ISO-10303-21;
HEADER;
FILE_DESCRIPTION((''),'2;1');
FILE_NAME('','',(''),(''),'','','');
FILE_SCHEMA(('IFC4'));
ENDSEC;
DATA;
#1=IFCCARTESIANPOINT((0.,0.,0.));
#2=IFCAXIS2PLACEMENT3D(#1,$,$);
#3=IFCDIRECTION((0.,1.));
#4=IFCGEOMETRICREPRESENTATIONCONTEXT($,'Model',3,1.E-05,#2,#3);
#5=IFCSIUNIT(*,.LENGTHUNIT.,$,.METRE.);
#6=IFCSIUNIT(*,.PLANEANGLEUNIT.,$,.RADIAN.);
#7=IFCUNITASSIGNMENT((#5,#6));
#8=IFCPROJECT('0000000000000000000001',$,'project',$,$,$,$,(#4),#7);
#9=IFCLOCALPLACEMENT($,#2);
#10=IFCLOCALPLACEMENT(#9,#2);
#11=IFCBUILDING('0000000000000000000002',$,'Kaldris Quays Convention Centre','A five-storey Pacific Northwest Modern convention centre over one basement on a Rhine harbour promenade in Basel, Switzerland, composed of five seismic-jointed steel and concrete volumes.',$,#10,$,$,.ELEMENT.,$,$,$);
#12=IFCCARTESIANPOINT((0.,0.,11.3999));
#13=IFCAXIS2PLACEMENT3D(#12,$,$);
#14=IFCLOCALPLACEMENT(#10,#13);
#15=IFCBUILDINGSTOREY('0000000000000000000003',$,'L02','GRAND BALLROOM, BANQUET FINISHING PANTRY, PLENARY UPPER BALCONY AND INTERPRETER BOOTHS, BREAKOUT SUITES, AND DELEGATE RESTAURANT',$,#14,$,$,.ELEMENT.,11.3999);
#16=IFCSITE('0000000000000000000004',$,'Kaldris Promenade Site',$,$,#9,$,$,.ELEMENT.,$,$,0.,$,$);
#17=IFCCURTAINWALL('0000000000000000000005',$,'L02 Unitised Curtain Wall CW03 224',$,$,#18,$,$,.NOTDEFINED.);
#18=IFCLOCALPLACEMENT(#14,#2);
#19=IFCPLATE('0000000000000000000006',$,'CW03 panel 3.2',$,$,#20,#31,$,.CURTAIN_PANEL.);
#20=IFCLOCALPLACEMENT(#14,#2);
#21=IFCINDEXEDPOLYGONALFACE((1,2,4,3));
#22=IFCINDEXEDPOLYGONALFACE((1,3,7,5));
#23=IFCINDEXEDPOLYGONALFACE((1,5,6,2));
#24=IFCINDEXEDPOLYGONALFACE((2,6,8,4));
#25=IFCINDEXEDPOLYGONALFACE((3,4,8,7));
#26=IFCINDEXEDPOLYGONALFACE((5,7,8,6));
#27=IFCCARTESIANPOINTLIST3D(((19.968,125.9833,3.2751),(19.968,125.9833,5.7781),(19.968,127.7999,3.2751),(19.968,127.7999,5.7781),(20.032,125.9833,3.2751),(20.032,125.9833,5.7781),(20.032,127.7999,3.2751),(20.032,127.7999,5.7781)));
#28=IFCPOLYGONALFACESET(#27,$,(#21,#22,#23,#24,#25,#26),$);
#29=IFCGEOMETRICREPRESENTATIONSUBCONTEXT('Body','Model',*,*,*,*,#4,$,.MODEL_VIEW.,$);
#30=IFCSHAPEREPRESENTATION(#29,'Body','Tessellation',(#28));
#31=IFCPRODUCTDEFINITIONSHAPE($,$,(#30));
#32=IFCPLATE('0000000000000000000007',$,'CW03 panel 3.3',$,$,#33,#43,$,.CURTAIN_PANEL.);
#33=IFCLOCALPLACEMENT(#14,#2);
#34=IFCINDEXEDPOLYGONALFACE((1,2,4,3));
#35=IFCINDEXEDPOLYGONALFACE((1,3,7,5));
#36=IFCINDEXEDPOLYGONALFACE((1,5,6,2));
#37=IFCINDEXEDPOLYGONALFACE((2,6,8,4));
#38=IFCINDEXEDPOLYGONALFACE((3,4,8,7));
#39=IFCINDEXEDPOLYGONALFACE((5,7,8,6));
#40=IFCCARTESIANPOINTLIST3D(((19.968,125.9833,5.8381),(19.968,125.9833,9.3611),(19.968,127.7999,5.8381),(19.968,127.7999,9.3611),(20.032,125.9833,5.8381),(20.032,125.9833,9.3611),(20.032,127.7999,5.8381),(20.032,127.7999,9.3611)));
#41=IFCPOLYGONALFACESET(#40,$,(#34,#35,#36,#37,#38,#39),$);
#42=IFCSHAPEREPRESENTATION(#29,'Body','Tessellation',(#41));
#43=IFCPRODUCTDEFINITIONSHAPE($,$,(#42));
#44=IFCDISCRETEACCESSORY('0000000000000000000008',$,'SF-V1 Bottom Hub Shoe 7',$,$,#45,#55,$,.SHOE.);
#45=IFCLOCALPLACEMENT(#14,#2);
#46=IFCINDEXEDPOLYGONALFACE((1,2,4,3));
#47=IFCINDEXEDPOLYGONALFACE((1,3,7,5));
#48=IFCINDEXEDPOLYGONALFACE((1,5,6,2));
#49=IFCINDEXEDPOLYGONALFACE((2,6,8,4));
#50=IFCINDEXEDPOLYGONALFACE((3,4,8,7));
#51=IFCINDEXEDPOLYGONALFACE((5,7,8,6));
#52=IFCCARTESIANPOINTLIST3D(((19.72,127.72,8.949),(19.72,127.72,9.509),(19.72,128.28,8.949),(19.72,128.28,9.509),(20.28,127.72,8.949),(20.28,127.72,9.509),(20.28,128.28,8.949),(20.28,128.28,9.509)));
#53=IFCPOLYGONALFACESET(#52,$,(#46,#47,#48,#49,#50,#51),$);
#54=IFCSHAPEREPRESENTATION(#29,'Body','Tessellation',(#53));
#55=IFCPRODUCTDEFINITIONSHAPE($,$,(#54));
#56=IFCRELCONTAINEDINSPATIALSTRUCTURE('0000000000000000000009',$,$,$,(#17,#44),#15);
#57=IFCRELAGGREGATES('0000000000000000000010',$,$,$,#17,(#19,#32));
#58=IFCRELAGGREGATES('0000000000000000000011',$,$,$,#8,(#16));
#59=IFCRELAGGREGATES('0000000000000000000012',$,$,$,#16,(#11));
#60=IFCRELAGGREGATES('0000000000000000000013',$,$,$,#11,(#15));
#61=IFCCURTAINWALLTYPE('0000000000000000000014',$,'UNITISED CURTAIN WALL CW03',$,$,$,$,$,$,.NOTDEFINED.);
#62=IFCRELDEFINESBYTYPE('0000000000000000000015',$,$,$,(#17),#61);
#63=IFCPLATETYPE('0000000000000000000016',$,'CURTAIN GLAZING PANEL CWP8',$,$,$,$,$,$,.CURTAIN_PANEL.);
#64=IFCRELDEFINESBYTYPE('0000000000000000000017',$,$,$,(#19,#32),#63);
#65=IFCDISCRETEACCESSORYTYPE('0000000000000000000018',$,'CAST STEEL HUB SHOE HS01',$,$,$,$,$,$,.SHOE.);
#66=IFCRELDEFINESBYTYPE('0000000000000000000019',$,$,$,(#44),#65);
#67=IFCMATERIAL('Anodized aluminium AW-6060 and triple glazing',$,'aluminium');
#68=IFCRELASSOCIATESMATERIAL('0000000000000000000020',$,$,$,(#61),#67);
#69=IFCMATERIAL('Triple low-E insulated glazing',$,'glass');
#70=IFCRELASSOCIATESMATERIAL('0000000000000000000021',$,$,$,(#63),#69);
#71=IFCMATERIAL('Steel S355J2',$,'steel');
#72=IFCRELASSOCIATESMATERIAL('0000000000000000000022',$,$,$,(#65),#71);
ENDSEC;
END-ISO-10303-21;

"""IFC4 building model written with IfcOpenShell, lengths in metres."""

from ifc_helpers import new_model, si_unit, direction, frame, origin, origin_2d, place, context, subcontext, project, spatial, rectangle, extrude, material, type_object, element, aggregate, save


model = new_model("IFC4")

# Units and contexts
model_context = context("Model", 3, precision=1e-05, world=origin(), true_north=direction((0.0, 1.0)))
body_context = subcontext(model_context, "Body", "Model", "MODEL_VIEW")
ifc_project = project(units=[si_unit("LENGTHUNIT", "METRE"), si_unit("PLANEANGLEUNIT", "RADIAN")], contexts=[model_context])

# Site, building, storey
site_placement = place(None, origin())
site = spatial("IfcSite", under=ifc_project, at=site_placement, Name="Kaldris Promenade Site", CompositionType="ELEMENT", RefElevation=0.0)
building_placement = place(site_placement, origin())
building = spatial("IfcBuilding", under=site, at=building_placement, Name="Kaldris Quays Convention Centre", Description="A five-storey Pacific Northwest Modern convention centre over one basement on a Rhine harbour promenade in Basel, Switzerland, composed of five seismic-jointed steel and concrete volumes.", CompositionType="ELEMENT")
storey_placement = place(building_placement, frame((0.0, 0.0, 11.3999)))
storey = spatial("IfcBuildingStorey", under=building, at=storey_placement, Name="L02", Description="GRAND BALLROOM, BANQUET FINISHING PANTRY, PLENARY UPPER BALCONY AND INTERPRETER BOOTHS, BREAKOUT SUITES, AND DELEGATE RESTAURANT", CompositionType="ELEMENT", Elevation=11.3999)

# Curtain wall
ifc_material_1 = material(Name="Anodized aluminium AW-6060 and triple glazing", Category="aluminium")
curtain_wall_type = type_object("IfcCurtainWallType", Name="UNITISED CURTAIN WALL CW03", PredefinedType="NOTDEFINED", material=ifc_material_1)
curtain_wall_1_placement = place(storey_placement, origin())
curtain_wall_1 = element("IfcCurtainWall", 1, at=curtain_wall_1_placement, inside=storey, type_object=curtain_wall_type, Name="L02 Unitised Curtain Wall CW03 224", PredefinedType="NOTDEFINED")

# Plates
ifc_material_2 = material(Name="Triple low-E insulated glazing", Category="glass")
plate_type_1 = type_object("IfcPlateType", Name="CURTAIN GLAZING PANEL CWP8", PredefinedType="CURTAIN_PANEL", material=ifc_material_2)
plate_1_placement = place(storey_placement, frame((20.0, 126.8916, 3.2751), z_axis=(0.0, 0.0, 1.0), x_axis=(0.0, 1.0, 0.0)))
plate_1 = element("IfcPlate", 2, at=plate_1_placement, type_object=plate_type_1, Name="CW03 panel 3.2", PredefinedType="CURTAIN_PANEL", context=body_context, shape_type="SweptSolid", body=[
    extrude(rectangle(XDim=1.8167, YDim=0.064, at=origin_2d()), origin(), (0.0, 0.0, 1.0), 2.5029),
])
plate_2_placement = place(storey_placement, frame((20.0, 126.8916, 5.8381), z_axis=(0.0, 0.0, 1.0), x_axis=(0.0, 1.0, 0.0)))
plate_2 = element("IfcPlate", 3, at=plate_2_placement, type_object=plate_type_1, Name="CW03 panel 3.3", PredefinedType="CURTAIN_PANEL", context=body_context, shape_type="SweptSolid", body=[
    extrude(rectangle(XDim=1.8167, YDim=0.064, at=origin_2d()), origin(), (0.0, 0.0, 1.0), 3.5229),
])
aggregate(curtain_wall_1, [plate_1, plate_2])

# Discrete accessory
ifc_material_3 = material(Name="Steel S355J2", Category="steel")
discrete_accessory_type = type_object("IfcDiscreteAccessoryType", Name="CAST STEEL HUB SHOE HS01", PredefinedType="SHOE", material=ifc_material_3)
discrete_accessory_placement = place(storey_placement, frame((20.0, 128.0, 8.949), z_axis=(0.0, 0.0, 1.0), x_axis=(1.0, 0.0, 0.0)))
element("IfcDiscreteAccessory", 4, at=discrete_accessory_placement, inside=storey, type_object=discrete_accessory_type, Name="SF-V1 Bottom Hub Shoe 7", PredefinedType="SHOE", context=body_context, shape_type="SweptSolid", body=[
    extrude(rectangle(XDim=0.5601, YDim=0.5601, at=origin_2d()), origin(), (0.0, 0.0, 1.0), 0.5601),
])

save(model, "model.ifc")
